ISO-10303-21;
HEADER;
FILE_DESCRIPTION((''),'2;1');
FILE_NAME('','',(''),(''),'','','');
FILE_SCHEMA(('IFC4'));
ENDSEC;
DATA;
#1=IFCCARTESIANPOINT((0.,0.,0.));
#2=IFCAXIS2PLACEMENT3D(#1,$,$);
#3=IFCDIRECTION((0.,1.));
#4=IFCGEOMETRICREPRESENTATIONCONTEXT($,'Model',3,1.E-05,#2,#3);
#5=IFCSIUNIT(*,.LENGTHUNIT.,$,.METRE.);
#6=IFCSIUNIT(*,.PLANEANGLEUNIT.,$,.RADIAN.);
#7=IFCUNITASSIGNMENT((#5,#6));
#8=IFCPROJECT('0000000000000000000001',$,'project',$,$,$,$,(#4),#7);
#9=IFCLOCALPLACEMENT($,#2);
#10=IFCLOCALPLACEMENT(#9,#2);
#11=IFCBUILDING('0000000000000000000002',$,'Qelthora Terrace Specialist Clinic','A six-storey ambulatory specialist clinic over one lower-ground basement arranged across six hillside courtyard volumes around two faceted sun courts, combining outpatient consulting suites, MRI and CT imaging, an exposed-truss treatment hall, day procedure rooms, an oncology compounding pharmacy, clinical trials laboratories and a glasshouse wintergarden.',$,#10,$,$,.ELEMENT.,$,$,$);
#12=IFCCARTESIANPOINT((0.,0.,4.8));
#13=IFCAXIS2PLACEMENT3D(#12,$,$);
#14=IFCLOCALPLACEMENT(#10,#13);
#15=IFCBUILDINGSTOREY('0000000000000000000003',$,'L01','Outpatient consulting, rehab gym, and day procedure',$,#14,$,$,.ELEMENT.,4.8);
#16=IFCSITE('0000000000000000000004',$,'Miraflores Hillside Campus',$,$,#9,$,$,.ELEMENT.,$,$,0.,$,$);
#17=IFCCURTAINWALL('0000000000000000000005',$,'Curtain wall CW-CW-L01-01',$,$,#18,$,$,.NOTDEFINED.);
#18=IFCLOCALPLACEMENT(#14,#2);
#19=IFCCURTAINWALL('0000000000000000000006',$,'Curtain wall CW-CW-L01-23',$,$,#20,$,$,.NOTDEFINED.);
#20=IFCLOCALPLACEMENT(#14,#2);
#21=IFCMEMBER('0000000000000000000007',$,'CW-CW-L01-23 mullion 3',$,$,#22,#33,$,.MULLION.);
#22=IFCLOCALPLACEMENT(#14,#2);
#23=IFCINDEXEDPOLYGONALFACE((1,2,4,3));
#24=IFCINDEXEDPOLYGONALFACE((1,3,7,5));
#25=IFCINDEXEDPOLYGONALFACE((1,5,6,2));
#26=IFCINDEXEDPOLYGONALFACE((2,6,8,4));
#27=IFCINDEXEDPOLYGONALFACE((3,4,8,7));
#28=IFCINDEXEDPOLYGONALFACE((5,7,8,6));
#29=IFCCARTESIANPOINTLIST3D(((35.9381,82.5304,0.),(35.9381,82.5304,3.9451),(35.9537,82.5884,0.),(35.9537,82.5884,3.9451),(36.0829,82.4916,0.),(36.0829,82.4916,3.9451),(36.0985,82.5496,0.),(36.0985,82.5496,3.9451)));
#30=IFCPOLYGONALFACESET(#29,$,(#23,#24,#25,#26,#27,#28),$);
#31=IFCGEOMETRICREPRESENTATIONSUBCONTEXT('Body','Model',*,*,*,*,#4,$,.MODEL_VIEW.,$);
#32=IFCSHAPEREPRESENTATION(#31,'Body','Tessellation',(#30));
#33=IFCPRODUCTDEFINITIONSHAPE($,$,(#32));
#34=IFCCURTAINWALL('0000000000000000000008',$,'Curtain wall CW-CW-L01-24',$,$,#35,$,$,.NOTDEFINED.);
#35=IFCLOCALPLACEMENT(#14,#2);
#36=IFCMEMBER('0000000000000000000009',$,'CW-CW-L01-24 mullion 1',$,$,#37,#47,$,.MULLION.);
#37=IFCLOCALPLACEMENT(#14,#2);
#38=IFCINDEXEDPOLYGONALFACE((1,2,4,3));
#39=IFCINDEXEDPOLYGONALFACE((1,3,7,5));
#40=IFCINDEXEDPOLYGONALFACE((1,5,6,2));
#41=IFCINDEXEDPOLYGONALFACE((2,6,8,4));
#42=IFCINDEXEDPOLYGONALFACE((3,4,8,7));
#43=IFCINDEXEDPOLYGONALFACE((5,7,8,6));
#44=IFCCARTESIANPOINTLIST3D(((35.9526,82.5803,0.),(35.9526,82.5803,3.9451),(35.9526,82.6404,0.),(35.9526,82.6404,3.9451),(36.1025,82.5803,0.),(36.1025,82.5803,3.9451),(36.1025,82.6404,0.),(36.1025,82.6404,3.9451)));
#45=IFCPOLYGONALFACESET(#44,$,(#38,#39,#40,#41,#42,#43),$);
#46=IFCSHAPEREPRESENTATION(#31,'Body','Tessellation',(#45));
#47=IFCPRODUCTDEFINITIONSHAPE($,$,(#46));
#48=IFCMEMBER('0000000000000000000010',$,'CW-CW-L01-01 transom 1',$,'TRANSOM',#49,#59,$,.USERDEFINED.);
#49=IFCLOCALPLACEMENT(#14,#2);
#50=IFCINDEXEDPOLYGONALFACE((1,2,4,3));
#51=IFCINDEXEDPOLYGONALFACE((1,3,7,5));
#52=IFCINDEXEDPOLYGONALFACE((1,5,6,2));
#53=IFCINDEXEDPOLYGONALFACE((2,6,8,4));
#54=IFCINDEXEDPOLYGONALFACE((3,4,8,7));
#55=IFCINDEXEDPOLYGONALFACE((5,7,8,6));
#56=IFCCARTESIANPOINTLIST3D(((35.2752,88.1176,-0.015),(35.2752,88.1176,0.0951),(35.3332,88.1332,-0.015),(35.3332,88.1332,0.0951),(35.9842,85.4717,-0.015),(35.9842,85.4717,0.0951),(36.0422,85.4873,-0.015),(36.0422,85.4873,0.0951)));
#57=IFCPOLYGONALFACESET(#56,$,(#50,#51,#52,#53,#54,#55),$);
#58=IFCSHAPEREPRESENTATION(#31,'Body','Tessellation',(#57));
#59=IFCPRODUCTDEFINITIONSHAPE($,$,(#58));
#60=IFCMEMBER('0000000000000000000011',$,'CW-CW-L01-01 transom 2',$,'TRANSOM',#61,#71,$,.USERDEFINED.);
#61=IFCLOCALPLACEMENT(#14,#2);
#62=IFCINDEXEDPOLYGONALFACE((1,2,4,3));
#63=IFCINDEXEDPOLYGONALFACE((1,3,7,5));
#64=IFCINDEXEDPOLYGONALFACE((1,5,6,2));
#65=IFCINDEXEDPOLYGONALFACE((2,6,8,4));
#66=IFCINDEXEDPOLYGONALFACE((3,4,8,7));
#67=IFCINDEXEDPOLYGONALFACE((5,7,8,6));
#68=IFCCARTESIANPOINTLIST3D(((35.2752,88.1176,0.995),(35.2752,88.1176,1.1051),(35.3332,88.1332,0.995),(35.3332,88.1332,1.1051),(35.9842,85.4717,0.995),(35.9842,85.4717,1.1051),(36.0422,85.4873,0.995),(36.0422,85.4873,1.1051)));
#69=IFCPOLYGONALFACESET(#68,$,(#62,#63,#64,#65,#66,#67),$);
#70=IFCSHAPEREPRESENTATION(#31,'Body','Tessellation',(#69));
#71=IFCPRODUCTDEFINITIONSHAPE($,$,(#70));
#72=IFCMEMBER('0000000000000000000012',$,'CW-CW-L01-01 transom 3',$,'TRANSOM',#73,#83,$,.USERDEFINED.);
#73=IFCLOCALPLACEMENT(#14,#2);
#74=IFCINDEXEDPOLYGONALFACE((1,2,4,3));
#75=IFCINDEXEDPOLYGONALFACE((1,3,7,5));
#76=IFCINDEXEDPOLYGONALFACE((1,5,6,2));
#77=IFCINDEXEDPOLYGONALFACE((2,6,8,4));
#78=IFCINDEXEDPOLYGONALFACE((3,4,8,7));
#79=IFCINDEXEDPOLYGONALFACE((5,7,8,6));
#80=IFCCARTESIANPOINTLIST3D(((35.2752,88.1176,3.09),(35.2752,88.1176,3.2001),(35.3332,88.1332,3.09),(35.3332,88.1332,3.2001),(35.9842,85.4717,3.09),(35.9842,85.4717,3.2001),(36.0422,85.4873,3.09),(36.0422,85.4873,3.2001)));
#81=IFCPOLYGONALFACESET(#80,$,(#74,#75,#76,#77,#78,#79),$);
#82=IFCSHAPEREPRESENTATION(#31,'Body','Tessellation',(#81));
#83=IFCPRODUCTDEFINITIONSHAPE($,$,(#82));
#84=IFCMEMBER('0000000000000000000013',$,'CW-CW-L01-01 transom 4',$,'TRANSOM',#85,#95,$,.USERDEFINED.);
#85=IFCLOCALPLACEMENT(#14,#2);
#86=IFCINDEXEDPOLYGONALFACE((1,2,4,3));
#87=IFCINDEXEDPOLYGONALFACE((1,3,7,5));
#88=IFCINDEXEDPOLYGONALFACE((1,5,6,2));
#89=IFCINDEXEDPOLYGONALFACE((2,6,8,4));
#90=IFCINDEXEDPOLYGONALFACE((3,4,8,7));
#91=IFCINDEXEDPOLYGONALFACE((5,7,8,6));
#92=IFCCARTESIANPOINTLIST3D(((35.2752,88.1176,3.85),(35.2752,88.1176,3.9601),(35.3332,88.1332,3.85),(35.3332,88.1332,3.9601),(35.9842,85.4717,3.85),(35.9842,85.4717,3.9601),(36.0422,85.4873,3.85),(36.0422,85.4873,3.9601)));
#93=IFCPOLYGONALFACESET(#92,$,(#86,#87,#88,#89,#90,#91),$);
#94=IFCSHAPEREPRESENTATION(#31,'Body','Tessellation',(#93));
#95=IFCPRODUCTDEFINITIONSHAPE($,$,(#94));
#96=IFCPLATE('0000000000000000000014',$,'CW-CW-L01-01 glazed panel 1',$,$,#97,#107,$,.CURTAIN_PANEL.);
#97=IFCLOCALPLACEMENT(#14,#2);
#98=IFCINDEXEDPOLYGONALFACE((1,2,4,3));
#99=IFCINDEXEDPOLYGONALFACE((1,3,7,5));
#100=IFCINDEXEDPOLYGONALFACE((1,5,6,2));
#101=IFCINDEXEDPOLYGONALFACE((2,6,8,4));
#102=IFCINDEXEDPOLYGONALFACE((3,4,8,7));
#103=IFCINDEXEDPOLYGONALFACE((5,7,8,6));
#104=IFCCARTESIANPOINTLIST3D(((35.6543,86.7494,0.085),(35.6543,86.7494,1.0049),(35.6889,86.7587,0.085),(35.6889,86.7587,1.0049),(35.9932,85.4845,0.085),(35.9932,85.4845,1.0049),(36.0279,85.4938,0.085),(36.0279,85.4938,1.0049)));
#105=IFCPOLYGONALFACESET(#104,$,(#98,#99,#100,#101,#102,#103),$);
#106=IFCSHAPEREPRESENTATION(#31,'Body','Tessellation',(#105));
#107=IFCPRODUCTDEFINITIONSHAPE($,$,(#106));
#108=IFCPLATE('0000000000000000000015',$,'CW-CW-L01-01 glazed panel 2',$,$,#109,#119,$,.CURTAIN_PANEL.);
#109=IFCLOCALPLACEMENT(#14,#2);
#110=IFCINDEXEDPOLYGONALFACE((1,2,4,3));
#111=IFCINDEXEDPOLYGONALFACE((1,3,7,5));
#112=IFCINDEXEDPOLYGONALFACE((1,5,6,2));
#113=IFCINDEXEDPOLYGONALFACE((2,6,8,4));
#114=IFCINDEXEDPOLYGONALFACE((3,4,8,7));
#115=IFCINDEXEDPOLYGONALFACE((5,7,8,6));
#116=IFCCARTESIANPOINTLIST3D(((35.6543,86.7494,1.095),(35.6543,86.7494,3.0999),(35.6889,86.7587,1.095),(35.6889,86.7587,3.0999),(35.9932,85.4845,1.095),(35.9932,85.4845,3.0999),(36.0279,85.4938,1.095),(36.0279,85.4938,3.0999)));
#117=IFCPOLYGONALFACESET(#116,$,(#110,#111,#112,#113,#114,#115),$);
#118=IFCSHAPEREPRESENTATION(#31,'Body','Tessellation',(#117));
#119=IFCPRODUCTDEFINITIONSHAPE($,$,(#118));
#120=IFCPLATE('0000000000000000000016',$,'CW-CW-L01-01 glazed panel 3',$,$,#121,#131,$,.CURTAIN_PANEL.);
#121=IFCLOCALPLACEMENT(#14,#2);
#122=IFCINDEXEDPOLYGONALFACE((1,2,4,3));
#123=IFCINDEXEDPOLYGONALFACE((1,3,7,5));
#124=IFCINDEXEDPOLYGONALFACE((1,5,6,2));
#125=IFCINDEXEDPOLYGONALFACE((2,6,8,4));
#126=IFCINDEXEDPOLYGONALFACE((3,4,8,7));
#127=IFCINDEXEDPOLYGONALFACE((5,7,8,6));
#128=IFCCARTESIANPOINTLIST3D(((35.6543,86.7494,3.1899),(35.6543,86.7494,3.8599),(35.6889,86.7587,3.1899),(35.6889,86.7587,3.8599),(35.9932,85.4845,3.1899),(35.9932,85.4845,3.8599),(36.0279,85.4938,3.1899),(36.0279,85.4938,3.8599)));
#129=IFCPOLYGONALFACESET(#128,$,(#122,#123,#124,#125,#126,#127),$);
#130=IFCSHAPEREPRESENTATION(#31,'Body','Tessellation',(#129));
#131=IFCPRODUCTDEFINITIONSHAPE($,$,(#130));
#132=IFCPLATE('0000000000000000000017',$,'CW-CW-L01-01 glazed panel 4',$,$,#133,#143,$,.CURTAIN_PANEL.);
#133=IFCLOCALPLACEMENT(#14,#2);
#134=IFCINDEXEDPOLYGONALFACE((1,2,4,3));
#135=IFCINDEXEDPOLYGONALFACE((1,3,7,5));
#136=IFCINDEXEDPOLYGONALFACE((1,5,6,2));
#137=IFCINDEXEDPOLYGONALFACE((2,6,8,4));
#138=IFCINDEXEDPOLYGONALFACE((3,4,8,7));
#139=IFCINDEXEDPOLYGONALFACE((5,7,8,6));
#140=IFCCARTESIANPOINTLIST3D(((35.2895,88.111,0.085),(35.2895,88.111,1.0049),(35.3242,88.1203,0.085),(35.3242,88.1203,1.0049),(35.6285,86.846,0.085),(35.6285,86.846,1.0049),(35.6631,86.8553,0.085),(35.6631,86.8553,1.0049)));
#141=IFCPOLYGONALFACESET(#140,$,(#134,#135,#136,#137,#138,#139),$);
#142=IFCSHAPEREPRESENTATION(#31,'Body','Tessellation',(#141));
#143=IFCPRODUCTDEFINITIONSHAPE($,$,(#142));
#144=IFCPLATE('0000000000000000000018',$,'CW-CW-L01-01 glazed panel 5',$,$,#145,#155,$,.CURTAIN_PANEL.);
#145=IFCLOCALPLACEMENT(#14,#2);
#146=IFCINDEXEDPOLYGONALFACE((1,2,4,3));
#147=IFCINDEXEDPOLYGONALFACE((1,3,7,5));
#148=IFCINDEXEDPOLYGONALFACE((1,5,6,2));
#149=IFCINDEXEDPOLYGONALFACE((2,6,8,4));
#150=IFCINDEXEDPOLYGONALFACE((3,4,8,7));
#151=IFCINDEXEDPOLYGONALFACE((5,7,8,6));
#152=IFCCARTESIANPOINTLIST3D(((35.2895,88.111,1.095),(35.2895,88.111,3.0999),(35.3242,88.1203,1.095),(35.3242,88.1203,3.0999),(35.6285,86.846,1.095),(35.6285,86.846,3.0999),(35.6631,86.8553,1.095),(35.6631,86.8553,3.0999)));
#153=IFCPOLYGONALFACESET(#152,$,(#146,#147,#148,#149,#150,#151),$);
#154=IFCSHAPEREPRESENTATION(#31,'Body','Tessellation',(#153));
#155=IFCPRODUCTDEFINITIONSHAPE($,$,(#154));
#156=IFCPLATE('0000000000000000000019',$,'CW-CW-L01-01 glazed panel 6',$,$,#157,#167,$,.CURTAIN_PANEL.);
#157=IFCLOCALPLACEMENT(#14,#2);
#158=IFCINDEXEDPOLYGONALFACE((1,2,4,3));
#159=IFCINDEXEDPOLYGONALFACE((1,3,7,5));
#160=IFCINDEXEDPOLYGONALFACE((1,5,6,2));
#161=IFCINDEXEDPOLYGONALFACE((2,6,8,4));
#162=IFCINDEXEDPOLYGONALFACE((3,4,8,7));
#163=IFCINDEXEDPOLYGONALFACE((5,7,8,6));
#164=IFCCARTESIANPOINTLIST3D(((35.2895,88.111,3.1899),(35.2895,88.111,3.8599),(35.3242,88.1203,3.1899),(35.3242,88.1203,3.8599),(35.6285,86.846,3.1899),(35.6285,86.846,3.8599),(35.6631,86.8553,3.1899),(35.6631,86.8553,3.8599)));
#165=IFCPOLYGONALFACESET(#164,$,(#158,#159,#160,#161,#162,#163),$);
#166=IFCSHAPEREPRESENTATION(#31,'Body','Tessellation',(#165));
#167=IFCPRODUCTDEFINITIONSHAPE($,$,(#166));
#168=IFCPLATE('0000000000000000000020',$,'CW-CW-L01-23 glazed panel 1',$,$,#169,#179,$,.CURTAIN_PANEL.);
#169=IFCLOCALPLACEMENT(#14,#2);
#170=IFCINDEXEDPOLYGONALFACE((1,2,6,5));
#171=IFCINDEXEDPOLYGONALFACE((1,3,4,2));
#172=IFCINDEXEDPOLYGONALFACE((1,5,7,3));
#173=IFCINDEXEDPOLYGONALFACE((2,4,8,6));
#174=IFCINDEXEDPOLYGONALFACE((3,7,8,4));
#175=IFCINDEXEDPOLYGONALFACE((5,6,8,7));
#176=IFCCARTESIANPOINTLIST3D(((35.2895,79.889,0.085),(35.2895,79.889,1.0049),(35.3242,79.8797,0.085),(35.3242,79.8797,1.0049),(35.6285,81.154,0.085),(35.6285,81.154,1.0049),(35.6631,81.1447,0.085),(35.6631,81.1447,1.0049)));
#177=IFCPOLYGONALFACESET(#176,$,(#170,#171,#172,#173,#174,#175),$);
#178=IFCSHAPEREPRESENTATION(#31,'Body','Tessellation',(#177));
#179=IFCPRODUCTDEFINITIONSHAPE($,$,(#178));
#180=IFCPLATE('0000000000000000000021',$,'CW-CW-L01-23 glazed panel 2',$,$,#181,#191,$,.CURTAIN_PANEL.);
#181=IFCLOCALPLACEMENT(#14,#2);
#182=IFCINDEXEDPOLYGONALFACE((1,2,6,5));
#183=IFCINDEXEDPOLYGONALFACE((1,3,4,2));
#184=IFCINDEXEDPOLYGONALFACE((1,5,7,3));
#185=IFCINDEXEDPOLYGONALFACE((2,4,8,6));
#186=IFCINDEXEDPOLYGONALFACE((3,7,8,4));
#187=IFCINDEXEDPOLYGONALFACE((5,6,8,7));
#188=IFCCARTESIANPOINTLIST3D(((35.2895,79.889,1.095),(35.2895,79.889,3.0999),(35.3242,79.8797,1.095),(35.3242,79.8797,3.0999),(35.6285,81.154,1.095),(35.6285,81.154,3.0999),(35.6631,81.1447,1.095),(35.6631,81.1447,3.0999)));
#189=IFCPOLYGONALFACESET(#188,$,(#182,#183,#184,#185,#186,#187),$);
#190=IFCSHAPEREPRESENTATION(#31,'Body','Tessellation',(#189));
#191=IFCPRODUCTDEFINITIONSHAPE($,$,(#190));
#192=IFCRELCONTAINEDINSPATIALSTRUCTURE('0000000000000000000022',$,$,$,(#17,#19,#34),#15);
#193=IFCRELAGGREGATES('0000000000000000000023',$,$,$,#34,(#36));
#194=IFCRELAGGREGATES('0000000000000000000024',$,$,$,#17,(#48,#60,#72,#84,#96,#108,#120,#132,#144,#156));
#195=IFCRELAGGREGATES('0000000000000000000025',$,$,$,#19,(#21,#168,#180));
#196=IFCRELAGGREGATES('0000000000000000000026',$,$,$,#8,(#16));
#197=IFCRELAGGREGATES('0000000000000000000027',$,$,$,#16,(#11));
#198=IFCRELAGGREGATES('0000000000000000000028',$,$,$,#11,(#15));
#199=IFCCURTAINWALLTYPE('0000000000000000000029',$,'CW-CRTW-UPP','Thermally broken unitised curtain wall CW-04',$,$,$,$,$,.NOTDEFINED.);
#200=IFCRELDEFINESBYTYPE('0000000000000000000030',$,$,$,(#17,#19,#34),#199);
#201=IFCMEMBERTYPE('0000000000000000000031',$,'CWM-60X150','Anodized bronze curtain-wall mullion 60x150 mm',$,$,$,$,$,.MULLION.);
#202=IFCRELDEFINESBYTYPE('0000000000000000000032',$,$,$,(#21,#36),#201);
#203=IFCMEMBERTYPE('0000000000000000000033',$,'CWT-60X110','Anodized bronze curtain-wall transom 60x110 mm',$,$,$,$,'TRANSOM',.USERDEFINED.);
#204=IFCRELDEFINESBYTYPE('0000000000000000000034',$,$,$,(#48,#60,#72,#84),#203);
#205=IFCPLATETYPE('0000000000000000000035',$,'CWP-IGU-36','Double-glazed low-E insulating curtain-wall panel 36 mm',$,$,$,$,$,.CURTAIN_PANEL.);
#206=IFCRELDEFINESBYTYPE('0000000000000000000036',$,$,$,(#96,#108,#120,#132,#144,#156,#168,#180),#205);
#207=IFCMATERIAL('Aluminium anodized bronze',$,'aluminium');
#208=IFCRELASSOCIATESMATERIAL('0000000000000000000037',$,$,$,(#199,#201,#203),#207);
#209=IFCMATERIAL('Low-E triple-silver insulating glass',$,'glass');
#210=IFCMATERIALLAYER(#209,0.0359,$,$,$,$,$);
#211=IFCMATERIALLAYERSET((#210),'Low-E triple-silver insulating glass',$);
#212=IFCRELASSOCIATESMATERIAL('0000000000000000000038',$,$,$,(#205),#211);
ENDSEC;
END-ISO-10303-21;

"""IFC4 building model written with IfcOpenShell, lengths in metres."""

from ifc_helpers import new_model, si_unit, direction, frame, origin, origin_2d, place, context, subcontext, project, spatial, rectangle, extrude, material, layer, layer_set, material_profile, profile_set, type_object, element, aggregate, save


model = new_model("IFC4")

# Units and contexts
model_context = context("Model", 3, precision=1e-05, world=origin(), true_north=direction((0.0, 1.0)))
body_context = subcontext(model_context, "Body", "Model", "MODEL_VIEW")
ifc_project = project(units=[si_unit("LENGTHUNIT", "METRE"), si_unit("PLANEANGLEUNIT", "RADIAN")], contexts=[model_context])

# Site, building, storey
site_placement = place(None, origin())
site = spatial("IfcSite", under=ifc_project, at=site_placement, Name="Miraflores Hillside Campus", CompositionType="ELEMENT", RefElevation=0.0)
building_placement = place(site_placement, origin())
building = spatial("IfcBuilding", under=site, at=building_placement, Name="Qelthora Terrace Specialist Clinic", Description="A six-storey ambulatory specialist clinic over one lower-ground basement arranged across six hillside courtyard volumes around two faceted sun courts, combining outpatient consulting suites, MRI and CT imaging, an exposed-truss treatment hall, day procedure rooms, an oncology compounding pharmacy, clinical trials laboratories and a glasshouse wintergarden.", CompositionType="ELEMENT")
storey_placement = place(building_placement, frame((0.0, 0.0, 4.8)))
storey = spatial("IfcBuildingStorey", under=building, at=storey_placement, Name="L01", Description="Outpatient consulting, rehab gym, and day procedure", CompositionType="ELEMENT", Elevation=4.8)

# Curtain walls, member
ifc_material_1 = material(Name="Aluminium anodized bronze", Category="aluminium")
curtain_wall_type = type_object("IfcCurtainWallType", Name="CW-CRTW-UPP", Description="Thermally broken unitised curtain wall CW-04", PredefinedType="NOTDEFINED", material=ifc_material_1)
curtain_wall_1_placement = place(storey_placement, origin())
curtain_wall_1 = element("IfcCurtainWall", 1, at=curtain_wall_1_placement, inside=storey, type_object=curtain_wall_type, Name="Curtain wall CW-CW-L01-01", PredefinedType="NOTDEFINED")
ifc_material_profile_1 = material_profile(ifc_material_1, rectangle(XDim=0.0601, YDim=0.1499, at=origin_2d()), Name="CWM60X150")
ifc_profile_set_1 = profile_set([ifc_material_profile_1], Name="Aluminium anodized bronze")
member_type_1 = type_object("IfcMemberType", Name="CWM-60X150", Description="Anodized bronze curtain-wall mullion 60x150 mm", PredefinedType="MULLION", material=ifc_profile_set_1)
curtain_wall_2_placement = place(storey_placement, origin())
curtain_wall_2 = element("IfcCurtainWall", 2, at=curtain_wall_2_placement, inside=storey, type_object=curtain_wall_type, Name="Curtain wall CW-CW-L01-23", PredefinedType="NOTDEFINED")
member_1_placement = place(storey_placement, frame((36.0183, 82.54, 0.0), z_axis=(0.0, 0.0, 1.0), x_axis=(0.25882, 0.965925, 0.0)))
member_1 = element("IfcMember", 3, at=member_1_placement, type_object=member_type_1, Name="CW-CW-L01-23 mullion 3", PredefinedType="MULLION", context=body_context, shape_type="SweptSolid", body=[
    extrude(rectangle(XDim=0.0601, YDim=0.1499, at=origin_2d()), origin(), (0.0, 0.0, 1.0), 3.9451),
])

# Curtain wall, member
curtain_wall_3_placement = place(storey_placement, origin())
curtain_wall_3 = element("IfcCurtainWall", 4, at=curtain_wall_3_placement, inside=storey, type_object=curtain_wall_type, Name="Curtain wall CW-CW-L01-24", PredefinedType="NOTDEFINED")
member_2_placement = place(storey_placement, frame((36.0276, 82.6104, 0.0), z_axis=(0.0, 0.0, 1.0), x_axis=(0.0, 1.0, 0.0)))
member_2 = element("IfcMember", 5, at=member_2_placement, type_object=member_type_1, Name="CW-CW-L01-24 mullion 1", PredefinedType="MULLION", context=body_context, shape_type="SweptSolid", body=[
    extrude(rectangle(XDim=0.0601, YDim=0.1499, at=origin_2d()), origin(), (0.0, 0.0, 1.0), 3.9451),
])
aggregate(curtain_wall_3, [member_2])

# Members
ifc_material_profile_2 = material_profile(ifc_material_1, rectangle(XDim=0.0601, YDim=0.1101, at=origin_2d()), Name="CWT60X110")
ifc_profile_set_2 = profile_set([ifc_material_profile_2], Name="Aluminium anodized bronze")
member_type_2 = type_object("IfcMemberType", Name="CWT-60X110", Description="Anodized bronze curtain-wall transom 60x110 mm", ElementType="TRANSOM", PredefinedType="USERDEFINED", material=ifc_profile_set_2)
member_3_placement = place(storey_placement, frame((36.0132, 85.4795, 0.04), z_axis=(-0.258816, 0.965927, 0.0), x_axis=(-0.965927, -0.258816, 0.0)))
member_3 = element("IfcMember", 6, at=member_3_placement, type_object=member_type_2, Name="CW-CW-L01-01 transom 1", ObjectType="TRANSOM", PredefinedType="USERDEFINED", context=body_context, shape_type="SweptSolid", body=[
    extrude(rectangle(XDim=0.0601, YDim=0.1101, at=origin_2d()), origin(), (0.0, 0.0, 1.0), 2.7393),
])
member_4_placement = place(storey_placement, frame((36.0132, 85.4795, 1.05), z_axis=(-0.258816, 0.965927, 0.0), x_axis=(-0.965927, -0.258816, 0.0)))
member_4 = element("IfcMember", 7, at=member_4_placement, type_object=member_type_2, Name="CW-CW-L01-01 transom 2", ObjectType="TRANSOM", PredefinedType="USERDEFINED", context=body_context, shape_type="SweptSolid", body=[
    extrude(rectangle(XDim=0.0601, YDim=0.1101, at=origin_2d()), origin(), (0.0, 0.0, 1.0), 2.7393),
])
member_5_placement = place(storey_placement, frame((36.0132, 85.4795, 3.145), z_axis=(-0.258816, 0.965927, 0.0), x_axis=(-0.965927, -0.258816, 0.0)))
member_5 = element("IfcMember", 8, at=member_5_placement, type_object=member_type_2, Name="CW-CW-L01-01 transom 3", ObjectType="TRANSOM", PredefinedType="USERDEFINED", context=body_context, shape_type="SweptSolid", body=[
    extrude(rectangle(XDim=0.0601, YDim=0.1101, at=origin_2d()), origin(), (0.0, 0.0, 1.0), 2.7393),
])
member_6_placement = place(storey_placement, frame((36.0132, 85.4795, 3.905), z_axis=(-0.258816, 0.965927, 0.0), x_axis=(-0.965927, -0.258816, 0.0)))
member_6 = element("IfcMember", 9, at=member_6_placement, type_object=member_type_2, Name="CW-CW-L01-01 transom 4", ObjectType="TRANSOM", PredefinedType="USERDEFINED", context=body_context, shape_type="SweptSolid", body=[
    extrude(rectangle(XDim=0.0601, YDim=0.1101, at=origin_2d()), origin(), (0.0, 0.0, 1.0), 2.7393),
])

# Plates
ifc_material_2 = material(Name="Low-E triple-silver insulating glass", Category="glass")
ifc_layer = layer(ifc_material_2, 0.0359)
ifc_layer_set = layer_set([ifc_layer], Name="Low-E triple-silver insulating glass")
plate_type = type_object("IfcPlateType", Name="CWP-IGU-36", Description="Double-glazed low-E insulating curtain-wall panel 36 mm", PredefinedType="CURTAIN_PANEL", material=ifc_layer_set)
plate_1_placement = place(storey_placement, frame((35.8411, 86.1216, 0.085), z_axis=(0.0, 0.0, 1.0), x_axis=(-0.258821, 0.965925, 0.0)))
plate_1 = element("IfcPlate", 10, at=plate_1_placement, type_object=plate_type, Name="CW-CW-L01-01 glazed panel 1", PredefinedType="CURTAIN_PANEL", context=body_context, shape_type="SweptSolid", body=[
    extrude(rectangle(XDim=1.3096, YDim=0.0359, at=origin_2d()), origin(), (0.0, 0.0, 1.0), 0.9199),
])
plate_2_placement = place(storey_placement, frame((35.8411, 86.1216, 1.095), z_axis=(0.0, 0.0, 1.0), x_axis=(-0.258821, 0.965925, 0.0)))
plate_2 = element("IfcPlate", 11, at=plate_2_placement, type_object=plate_type, Name="CW-CW-L01-01 glazed panel 2", PredefinedType="CURTAIN_PANEL", context=body_context, shape_type="SweptSolid", body=[
    extrude(rectangle(XDim=1.3096, YDim=0.0359, at=origin_2d()), origin(), (0.0, 0.0, 1.0), 2.0049),
])
plate_3_placement = place(storey_placement, frame((35.8411, 86.1216, 3.1899), z_axis=(0.0, 0.0, 1.0), x_axis=(-0.258821, 0.965925, 0.0)))
plate_3 = element("IfcPlate", 12, at=plate_3_placement, type_object=plate_type, Name="CW-CW-L01-01 glazed panel 3", PredefinedType="CURTAIN_PANEL", context=body_context, shape_type="SweptSolid", body=[
    extrude(rectangle(XDim=1.3096, YDim=0.0359, at=origin_2d()), origin(), (0.0, 0.0, 1.0), 0.6699),
])
plate_4_placement = place(storey_placement, frame((35.4763, 87.4832, 0.085), z_axis=(0.0, 0.0, 1.0), x_axis=(-0.258821, 0.965925, 0.0)))
plate_4 = element("IfcPlate", 13, at=plate_4_placement, type_object=plate_type, Name="CW-CW-L01-01 glazed panel 4", PredefinedType="CURTAIN_PANEL", context=body_context, shape_type="SweptSolid", body=[
    extrude(rectangle(XDim=1.3096, YDim=0.0359, at=origin_2d()), origin(), (0.0, 0.0, 1.0), 0.9199),
])
plate_5_placement = place(storey_placement, frame((35.4763, 87.4832, 1.095), z_axis=(0.0, 0.0, 1.0), x_axis=(-0.258821, 0.965925, 0.0)))
plate_5 = element("IfcPlate", 14, at=plate_5_placement, type_object=plate_type, Name="CW-CW-L01-01 glazed panel 5", PredefinedType="CURTAIN_PANEL", context=body_context, shape_type="SweptSolid", body=[
    extrude(rectangle(XDim=1.3096, YDim=0.0359, at=origin_2d()), origin(), (0.0, 0.0, 1.0), 2.0049),
])
plate_6_placement = place(storey_placement, frame((35.4763, 87.4832, 3.1899), z_axis=(0.0, 0.0, 1.0), x_axis=(-0.258821, 0.965925, 0.0)))
plate_6 = element("IfcPlate", 15, at=plate_6_placement, type_object=plate_type, Name="CW-CW-L01-01 glazed panel 6", PredefinedType="CURTAIN_PANEL", context=body_context, shape_type="SweptSolid", body=[
    extrude(rectangle(XDim=1.3096, YDim=0.0359, at=origin_2d()), origin(), (0.0, 0.0, 1.0), 0.6699),
])
aggregate(curtain_wall_1, [member_3, member_4, member_5, member_6, plate_1, plate_2, plate_3, plate_4, plate_5, plate_6])
plate_7_placement = place(storey_placement, frame((35.4763, 80.5168, 0.085), z_axis=(0.0, 0.0, 1.0), x_axis=(0.258821, 0.965925, 0.0)))
plate_7 = element("IfcPlate", 16, at=plate_7_placement, type_object=plate_type, Name="CW-CW-L01-23 glazed panel 1", PredefinedType="CURTAIN_PANEL", context=body_context, shape_type="SweptSolid", body=[
    extrude(rectangle(XDim=1.3096, YDim=0.0359, at=origin_2d()), origin(), (0.0, 0.0, 1.0), 0.9199),
])
plate_8_placement = place(storey_placement, frame((35.4763, 80.5168, 1.095), z_axis=(0.0, 0.0, 1.0), x_axis=(0.258821, 0.965925, 0.0)))
plate_8 = element("IfcPlate", 17, at=plate_8_placement, type_object=plate_type, Name="CW-CW-L01-23 glazed panel 2", PredefinedType="CURTAIN_PANEL", context=body_context, shape_type="SweptSolid", body=[
    extrude(rectangle(XDim=1.3096, YDim=0.0359, at=origin_2d()), origin(), (0.0, 0.0, 1.0), 2.0049),
])
aggregate(curtain_wall_2, [member_1, plate_7, plate_8])

save(model, "model.ifc")
